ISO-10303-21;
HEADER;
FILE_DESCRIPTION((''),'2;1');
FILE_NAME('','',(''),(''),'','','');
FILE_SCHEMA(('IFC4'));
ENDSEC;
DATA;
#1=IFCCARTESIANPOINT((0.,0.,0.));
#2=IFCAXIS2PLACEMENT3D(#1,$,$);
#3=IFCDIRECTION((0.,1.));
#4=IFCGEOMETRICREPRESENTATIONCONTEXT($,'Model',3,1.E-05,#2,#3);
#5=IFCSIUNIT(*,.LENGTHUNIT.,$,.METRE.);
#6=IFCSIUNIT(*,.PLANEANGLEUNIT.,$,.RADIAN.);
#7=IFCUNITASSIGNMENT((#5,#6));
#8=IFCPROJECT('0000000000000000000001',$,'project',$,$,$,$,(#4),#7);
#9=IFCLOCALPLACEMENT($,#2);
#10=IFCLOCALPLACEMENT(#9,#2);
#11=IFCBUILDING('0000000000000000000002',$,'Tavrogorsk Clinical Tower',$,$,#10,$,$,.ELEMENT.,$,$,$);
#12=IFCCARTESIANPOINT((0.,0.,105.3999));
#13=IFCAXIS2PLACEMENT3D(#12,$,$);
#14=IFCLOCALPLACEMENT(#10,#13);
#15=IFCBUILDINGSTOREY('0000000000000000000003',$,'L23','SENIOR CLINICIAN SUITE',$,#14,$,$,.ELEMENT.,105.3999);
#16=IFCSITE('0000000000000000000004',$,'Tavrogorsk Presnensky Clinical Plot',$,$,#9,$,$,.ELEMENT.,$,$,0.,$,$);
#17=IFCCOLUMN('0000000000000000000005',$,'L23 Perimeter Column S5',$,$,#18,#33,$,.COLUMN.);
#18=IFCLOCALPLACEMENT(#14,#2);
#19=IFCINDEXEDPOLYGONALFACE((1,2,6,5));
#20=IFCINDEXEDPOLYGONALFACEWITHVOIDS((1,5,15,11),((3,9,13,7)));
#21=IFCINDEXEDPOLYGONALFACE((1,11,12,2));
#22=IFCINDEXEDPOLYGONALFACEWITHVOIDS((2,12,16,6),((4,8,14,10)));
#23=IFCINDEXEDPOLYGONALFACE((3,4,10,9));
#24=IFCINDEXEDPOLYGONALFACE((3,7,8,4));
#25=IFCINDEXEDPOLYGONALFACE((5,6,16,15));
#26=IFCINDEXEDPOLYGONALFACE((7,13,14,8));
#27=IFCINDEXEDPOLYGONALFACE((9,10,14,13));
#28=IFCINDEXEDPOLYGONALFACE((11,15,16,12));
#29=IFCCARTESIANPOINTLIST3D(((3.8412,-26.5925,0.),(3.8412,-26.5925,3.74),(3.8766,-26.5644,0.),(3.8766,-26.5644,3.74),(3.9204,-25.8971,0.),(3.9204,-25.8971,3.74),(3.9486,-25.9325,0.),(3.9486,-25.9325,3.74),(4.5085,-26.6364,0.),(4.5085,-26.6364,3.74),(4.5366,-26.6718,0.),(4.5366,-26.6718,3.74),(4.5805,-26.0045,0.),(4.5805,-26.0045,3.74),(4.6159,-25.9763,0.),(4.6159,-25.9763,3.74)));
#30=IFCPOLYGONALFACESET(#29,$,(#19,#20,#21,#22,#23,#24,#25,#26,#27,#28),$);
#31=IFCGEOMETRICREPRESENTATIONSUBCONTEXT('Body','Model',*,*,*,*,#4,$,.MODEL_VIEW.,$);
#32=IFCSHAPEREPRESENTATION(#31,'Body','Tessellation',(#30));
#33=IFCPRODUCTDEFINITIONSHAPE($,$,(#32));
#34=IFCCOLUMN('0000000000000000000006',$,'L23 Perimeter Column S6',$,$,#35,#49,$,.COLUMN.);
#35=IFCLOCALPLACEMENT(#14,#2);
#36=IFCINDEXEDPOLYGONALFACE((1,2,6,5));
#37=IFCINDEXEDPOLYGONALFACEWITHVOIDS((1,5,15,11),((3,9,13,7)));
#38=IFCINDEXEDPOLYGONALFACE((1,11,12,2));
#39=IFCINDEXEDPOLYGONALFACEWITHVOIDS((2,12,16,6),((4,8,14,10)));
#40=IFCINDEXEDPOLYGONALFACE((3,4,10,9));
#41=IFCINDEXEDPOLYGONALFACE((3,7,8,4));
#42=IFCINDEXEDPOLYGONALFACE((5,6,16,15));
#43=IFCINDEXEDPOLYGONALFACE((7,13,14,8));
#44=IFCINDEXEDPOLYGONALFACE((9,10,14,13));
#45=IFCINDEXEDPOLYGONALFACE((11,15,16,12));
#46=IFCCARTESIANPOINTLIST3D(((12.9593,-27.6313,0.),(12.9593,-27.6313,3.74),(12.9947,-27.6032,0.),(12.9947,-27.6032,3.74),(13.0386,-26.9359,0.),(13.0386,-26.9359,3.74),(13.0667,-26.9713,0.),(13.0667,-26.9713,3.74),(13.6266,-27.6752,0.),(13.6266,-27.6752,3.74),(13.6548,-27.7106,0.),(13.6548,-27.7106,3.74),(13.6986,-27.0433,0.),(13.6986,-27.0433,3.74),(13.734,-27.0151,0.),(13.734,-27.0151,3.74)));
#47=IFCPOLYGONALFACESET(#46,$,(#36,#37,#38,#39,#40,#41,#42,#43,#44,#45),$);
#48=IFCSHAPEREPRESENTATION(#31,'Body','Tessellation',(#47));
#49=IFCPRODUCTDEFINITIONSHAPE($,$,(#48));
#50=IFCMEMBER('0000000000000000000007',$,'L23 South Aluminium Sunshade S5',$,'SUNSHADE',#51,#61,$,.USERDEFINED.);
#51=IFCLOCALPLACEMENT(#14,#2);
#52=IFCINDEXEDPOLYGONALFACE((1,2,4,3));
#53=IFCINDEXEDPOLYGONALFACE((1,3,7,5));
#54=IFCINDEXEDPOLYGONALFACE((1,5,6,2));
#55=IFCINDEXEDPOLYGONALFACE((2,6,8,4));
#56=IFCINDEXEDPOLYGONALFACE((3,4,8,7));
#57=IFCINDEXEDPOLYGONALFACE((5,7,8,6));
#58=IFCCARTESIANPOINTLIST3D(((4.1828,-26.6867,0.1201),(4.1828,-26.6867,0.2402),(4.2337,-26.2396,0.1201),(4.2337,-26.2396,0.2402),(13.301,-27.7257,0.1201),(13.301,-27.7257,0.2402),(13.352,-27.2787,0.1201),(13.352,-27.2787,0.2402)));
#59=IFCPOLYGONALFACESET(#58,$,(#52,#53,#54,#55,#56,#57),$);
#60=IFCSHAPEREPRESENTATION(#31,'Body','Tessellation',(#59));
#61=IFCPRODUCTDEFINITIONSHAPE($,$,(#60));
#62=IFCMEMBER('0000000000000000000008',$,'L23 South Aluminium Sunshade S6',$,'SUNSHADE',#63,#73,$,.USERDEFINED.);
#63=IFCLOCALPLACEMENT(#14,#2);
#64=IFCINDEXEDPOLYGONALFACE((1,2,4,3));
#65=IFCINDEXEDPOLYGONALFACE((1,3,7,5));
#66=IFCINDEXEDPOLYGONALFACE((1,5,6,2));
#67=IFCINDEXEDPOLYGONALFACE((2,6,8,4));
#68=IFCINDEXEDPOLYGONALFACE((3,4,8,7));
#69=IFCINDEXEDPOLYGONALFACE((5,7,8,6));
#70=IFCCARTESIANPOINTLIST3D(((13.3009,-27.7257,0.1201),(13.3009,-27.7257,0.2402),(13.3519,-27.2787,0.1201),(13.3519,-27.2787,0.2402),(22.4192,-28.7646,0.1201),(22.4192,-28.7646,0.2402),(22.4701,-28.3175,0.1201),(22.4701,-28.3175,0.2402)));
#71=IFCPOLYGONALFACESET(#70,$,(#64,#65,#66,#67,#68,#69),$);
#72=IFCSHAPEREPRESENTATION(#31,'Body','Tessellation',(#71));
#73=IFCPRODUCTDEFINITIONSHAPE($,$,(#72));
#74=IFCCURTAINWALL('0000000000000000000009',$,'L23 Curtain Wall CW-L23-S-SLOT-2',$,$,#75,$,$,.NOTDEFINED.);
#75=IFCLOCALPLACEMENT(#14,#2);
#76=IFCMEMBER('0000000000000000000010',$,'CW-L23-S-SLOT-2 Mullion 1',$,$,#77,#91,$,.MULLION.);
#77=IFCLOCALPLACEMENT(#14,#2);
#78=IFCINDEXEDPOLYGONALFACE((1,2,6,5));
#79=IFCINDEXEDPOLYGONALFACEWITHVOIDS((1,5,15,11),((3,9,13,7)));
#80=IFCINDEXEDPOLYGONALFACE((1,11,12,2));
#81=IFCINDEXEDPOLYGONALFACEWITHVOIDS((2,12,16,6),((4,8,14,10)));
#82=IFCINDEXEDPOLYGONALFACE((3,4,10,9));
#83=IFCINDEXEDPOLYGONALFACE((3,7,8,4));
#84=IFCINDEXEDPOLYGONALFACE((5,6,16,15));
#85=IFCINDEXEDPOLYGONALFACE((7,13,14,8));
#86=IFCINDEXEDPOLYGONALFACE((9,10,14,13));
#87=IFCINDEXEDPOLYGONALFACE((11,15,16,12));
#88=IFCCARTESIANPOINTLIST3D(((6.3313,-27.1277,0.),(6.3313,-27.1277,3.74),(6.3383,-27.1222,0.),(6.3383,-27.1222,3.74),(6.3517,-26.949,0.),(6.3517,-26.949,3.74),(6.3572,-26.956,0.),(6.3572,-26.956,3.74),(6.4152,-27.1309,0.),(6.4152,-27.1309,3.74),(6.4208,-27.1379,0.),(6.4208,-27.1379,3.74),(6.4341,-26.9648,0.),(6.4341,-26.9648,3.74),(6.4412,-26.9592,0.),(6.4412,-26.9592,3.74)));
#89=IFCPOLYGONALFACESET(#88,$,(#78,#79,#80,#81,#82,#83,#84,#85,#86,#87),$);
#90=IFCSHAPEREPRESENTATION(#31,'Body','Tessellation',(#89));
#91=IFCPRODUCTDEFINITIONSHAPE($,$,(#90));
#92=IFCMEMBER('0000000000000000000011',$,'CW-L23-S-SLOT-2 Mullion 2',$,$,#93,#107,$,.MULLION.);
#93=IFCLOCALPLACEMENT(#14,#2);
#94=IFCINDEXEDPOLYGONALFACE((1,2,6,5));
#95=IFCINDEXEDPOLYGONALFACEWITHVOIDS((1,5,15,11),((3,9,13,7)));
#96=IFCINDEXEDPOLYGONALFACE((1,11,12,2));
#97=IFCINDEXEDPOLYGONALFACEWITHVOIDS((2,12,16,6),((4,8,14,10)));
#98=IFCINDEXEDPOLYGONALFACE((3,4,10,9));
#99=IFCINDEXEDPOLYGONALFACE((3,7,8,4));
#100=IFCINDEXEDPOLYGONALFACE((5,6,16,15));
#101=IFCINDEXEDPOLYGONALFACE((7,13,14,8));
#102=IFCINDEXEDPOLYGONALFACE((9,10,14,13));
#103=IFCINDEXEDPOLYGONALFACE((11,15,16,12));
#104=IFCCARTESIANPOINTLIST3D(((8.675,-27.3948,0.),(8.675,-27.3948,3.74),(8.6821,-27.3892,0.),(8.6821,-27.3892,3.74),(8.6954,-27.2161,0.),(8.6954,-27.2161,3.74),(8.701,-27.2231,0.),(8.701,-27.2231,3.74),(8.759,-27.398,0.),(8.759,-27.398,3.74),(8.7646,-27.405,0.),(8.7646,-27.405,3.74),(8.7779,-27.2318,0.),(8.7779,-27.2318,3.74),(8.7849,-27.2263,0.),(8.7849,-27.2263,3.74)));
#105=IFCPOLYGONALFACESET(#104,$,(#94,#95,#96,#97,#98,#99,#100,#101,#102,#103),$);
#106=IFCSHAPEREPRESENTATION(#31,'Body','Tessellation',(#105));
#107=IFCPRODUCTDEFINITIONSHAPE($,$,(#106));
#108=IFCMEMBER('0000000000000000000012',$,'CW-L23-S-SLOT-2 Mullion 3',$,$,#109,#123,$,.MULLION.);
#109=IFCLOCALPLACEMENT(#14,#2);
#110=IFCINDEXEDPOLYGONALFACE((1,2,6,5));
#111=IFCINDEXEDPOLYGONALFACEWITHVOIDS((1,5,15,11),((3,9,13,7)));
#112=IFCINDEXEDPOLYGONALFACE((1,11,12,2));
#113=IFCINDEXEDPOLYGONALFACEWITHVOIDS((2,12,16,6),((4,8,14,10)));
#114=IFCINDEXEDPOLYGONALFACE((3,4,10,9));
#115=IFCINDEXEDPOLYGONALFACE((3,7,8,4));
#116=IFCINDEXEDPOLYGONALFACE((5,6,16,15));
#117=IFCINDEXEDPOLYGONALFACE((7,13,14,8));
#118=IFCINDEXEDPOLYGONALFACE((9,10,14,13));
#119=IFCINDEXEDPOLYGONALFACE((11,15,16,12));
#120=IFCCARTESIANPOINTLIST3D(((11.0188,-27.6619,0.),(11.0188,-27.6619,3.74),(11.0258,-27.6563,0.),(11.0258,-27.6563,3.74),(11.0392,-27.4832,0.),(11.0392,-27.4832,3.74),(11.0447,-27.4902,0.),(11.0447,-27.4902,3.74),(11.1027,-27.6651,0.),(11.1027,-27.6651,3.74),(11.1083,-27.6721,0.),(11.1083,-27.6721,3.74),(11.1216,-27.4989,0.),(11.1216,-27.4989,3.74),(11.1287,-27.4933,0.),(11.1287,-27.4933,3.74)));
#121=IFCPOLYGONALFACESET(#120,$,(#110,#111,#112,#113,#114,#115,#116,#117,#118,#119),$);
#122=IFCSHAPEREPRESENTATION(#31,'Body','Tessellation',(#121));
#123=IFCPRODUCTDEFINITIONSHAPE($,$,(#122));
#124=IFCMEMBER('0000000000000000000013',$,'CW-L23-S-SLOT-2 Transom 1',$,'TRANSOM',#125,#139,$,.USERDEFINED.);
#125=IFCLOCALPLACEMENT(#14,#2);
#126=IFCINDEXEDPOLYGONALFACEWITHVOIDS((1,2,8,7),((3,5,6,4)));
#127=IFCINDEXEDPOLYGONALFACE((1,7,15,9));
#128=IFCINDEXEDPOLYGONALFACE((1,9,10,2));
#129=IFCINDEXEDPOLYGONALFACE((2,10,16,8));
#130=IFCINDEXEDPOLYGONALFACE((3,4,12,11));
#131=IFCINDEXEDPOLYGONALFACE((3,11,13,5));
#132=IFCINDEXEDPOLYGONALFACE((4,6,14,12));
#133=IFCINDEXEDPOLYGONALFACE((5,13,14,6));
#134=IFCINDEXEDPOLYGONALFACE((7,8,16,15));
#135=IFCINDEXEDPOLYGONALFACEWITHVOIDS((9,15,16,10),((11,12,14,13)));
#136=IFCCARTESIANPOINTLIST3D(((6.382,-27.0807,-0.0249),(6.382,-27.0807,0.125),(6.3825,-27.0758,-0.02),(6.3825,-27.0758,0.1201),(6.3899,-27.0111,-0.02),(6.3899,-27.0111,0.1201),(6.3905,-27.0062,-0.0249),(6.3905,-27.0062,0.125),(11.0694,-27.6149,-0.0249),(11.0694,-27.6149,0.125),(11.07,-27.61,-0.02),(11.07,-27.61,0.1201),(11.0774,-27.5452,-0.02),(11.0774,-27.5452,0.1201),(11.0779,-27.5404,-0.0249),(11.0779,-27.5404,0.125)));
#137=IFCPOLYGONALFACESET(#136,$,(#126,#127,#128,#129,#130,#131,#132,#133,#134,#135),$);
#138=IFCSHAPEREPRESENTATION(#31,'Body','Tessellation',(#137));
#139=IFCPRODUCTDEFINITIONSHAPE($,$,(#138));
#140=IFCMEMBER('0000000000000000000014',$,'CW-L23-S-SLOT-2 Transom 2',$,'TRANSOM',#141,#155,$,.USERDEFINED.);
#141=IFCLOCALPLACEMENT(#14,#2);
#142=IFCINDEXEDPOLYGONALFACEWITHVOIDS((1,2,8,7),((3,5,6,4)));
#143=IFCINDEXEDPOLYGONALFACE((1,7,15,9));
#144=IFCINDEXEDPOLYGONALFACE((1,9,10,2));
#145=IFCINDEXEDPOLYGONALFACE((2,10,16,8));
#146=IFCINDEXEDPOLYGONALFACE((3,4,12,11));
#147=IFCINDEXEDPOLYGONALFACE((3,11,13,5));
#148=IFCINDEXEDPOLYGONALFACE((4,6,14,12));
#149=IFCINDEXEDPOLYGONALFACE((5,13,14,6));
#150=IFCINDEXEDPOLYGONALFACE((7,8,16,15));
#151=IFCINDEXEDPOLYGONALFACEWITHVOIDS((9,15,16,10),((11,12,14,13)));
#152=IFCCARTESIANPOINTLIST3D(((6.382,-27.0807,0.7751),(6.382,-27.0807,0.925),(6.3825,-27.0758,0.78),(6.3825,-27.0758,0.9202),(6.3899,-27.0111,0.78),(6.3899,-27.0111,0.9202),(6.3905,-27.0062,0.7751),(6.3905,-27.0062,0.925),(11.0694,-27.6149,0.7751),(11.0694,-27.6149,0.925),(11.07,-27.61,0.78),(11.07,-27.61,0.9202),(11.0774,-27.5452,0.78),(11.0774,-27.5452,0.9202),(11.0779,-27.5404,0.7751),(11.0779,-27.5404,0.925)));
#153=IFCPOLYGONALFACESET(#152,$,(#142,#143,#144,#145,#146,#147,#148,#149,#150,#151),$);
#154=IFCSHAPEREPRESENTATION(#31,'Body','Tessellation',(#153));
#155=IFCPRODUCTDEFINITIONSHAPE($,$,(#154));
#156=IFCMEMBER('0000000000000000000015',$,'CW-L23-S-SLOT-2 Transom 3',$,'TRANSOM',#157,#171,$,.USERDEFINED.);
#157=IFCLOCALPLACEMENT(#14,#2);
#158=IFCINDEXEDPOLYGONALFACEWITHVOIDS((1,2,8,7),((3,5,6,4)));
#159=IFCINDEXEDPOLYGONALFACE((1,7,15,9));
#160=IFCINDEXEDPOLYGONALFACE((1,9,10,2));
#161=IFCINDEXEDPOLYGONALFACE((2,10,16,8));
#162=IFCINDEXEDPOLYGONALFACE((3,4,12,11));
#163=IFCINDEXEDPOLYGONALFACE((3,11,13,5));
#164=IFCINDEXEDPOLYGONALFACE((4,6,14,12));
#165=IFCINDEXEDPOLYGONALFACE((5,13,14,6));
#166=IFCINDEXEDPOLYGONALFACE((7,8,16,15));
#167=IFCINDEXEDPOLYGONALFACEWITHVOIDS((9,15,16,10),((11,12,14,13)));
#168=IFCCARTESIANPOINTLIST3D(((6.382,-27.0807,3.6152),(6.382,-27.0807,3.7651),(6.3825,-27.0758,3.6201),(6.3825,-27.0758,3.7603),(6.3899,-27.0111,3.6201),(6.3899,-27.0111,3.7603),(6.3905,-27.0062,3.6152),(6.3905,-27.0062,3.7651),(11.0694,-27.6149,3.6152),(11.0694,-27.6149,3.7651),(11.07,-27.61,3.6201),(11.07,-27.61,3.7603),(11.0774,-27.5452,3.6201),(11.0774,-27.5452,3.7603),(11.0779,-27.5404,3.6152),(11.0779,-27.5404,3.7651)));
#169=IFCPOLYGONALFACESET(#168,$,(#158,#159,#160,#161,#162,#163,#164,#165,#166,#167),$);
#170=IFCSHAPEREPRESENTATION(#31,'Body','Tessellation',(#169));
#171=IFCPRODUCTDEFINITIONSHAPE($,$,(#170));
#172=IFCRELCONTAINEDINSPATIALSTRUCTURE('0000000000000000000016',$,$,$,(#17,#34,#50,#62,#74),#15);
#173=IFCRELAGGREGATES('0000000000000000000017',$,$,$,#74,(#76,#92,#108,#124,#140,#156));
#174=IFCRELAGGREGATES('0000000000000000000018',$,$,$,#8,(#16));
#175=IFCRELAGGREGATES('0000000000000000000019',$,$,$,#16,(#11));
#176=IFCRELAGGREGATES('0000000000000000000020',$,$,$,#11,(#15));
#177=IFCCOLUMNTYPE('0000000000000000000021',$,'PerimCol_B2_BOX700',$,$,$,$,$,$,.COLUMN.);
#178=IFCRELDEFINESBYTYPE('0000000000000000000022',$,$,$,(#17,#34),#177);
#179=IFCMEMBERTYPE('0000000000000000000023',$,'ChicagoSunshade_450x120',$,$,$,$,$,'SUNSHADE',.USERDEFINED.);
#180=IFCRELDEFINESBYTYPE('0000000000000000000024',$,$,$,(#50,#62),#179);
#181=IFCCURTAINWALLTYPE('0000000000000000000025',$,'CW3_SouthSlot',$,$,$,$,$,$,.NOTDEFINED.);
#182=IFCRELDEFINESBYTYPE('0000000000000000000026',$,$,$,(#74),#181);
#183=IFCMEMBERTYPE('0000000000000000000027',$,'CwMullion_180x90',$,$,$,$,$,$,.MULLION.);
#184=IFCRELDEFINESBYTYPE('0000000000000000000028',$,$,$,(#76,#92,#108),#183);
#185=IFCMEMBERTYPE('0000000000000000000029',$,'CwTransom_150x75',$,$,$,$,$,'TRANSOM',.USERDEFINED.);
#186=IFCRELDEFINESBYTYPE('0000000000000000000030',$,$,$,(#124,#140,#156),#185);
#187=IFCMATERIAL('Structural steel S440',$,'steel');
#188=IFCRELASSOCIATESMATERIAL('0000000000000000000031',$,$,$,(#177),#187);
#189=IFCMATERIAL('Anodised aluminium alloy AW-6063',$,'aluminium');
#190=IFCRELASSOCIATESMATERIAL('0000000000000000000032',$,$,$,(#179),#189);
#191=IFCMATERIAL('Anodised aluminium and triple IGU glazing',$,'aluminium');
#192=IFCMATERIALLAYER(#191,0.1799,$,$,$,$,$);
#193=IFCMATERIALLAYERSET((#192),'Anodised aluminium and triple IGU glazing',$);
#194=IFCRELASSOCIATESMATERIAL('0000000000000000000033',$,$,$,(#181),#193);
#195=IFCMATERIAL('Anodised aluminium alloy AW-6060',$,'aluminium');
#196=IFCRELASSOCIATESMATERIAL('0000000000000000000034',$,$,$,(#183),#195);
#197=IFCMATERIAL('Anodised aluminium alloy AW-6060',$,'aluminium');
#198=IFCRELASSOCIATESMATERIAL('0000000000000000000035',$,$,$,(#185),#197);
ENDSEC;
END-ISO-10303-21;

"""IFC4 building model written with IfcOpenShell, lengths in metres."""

from ifc_helpers import new_model, si_unit, direction, frame, origin, origin_2d, place, context, subcontext, project, spatial, rectangle, hollow_rectangle, extrude, material, layer, layer_set, material_profile, profile_set, type_object, element, aggregate, save


model = new_model("IFC4")

# Units and contexts
model_context = context("Model", 3, precision=1e-05, world=origin(), true_north=direction((0.0, 1.0)))
body_context = subcontext(model_context, "Body", "Model", "MODEL_VIEW")
ifc_project = project(units=[si_unit("LENGTHUNIT", "METRE"), si_unit("PLANEANGLEUNIT", "RADIAN")], contexts=[model_context])

# Site, building, storey
site_placement = place(None, origin())
site = spatial("IfcSite", under=ifc_project, at=site_placement, Name="Tavrogorsk Presnensky Clinical Plot", CompositionType="ELEMENT", RefElevation=0.0)
building_placement = place(site_placement, origin())
building = spatial("IfcBuilding", under=site, at=building_placement, Name="Tavrogorsk Clinical Tower", CompositionType="ELEMENT")
storey_placement = place(building_placement, frame((0.0, 0.0, 105.3999)))
storey = spatial("IfcBuildingStorey", under=building, at=storey_placement, Name="L23", Description="SENIOR CLINICIAN SUITE", CompositionType="ELEMENT", Elevation=105.3999)

# Columns
ifc_material_1 = material(Name="Structural steel S440", Category="steel")
ifc_material_profile_1 = material_profile(ifc_material_1, hollow_rectangle(XDim=0.7, YDim=0.7, WallThickness=0.032, at=origin_2d()), Name="BOX-700x700x32")
ifc_profile_set_1 = profile_set([ifc_material_profile_1], Name="Structural steel S440")
column_type = type_object("IfcColumnType", Name="PerimCol_B2_BOX700", PredefinedType="COLUMN", material=ifc_profile_set_1)
for number, where, z_axis, x_axis, name in (
    (1, (4.2285, -26.2844, 0.0), (0.0, 0.0, 1.0), (0.993572, -0.113203, 0.0), "L23 Perimeter Column S5"),
    (2, (13.3467, -27.3232, 0.0), (0.0, 0.0, 1.0), (0.993572, -0.113203, 0.0), "L23 Perimeter Column S6"),
):
    element("IfcColumn", number, at=place(storey_placement, frame(where, z_axis=z_axis, x_axis=x_axis)), inside=storey, type_object=column_type, Name=name, PredefinedType="COLUMN", context=body_context, shape_type="SweptSolid", body=[
        extrude(hollow_rectangle(XDim=0.7, YDim=0.7, WallThickness=0.032, at=origin_2d()), origin(), (0.0, 0.0, 1.0), 3.74),
    ])

# Members
ifc_material_2 = material(Name="Anodised aluminium alloy AW-6063", Category="aluminium")
ifc_material_profile_2 = material_profile(ifc_material_2, rectangle(XDim=0.45, YDim=0.1201, at=origin_2d()), Name="ALU-SUNSHADE-450x120")
ifc_profile_set_2 = profile_set([ifc_material_profile_2], Name="Anodised aluminium alloy AW-6063")
member_type_1 = type_object("IfcMemberType", Name="ChicagoSunshade_450x120", ElementType="SUNSHADE", PredefinedType="USERDEFINED", material=ifc_profile_set_2)
for number, where, z_axis, x_axis, name in (
    (3, (4.2083, -26.4631, 0.1802), (0.99357, -0.113222, 0.0), (0.113222, 0.99357, 0.0), "L23 South Aluminium Sunshade S5"),
    (4, (13.3264, -27.5022, 0.1802), (0.993573, -0.113196, 0.0), (0.113196, 0.993573, 0.0), "L23 South Aluminium Sunshade S6"),
):
    element("IfcMember", number, at=place(storey_placement, frame(where, z_axis=z_axis, x_axis=x_axis)), inside=storey, type_object=member_type_1, Name=name, ObjectType="SUNSHADE", PredefinedType="USERDEFINED", context=body_context, shape_type="SweptSolid", body=[
        extrude(rectangle(XDim=0.45, YDim=0.1201, at=origin_2d()), origin(), (0.0, 0.0, 1.0), 9.1772),
    ])

# Curtain wall, members
ifc_material_3 = material(Name="Anodised aluminium and triple IGU glazing", Category="aluminium")
ifc_layer_1 = layer(ifc_material_3, 0.1799)
ifc_layer_set_1 = layer_set([ifc_layer_1], Name="Anodised aluminium and triple IGU glazing")
curtain_wall_type = type_object("IfcCurtainWallType", Name="CW3_SouthSlot", PredefinedType="NOTDEFINED", material=ifc_layer_set_1)
curtain_wall_placement = place(storey_placement, origin())
curtain_wall = element("IfcCurtainWall", 5, at=curtain_wall_placement, inside=storey, type_object=curtain_wall_type, Name="L23 Curtain Wall CW-L23-S-SLOT-2", PredefinedType="NOTDEFINED")
ifc_material_4 = material(Name="Anodised aluminium alloy AW-6060", Category="aluminium")
ifc_material_profile_3 = material_profile(ifc_material_4, hollow_rectangle(XDim=0.0901, YDim=0.1799, WallThickness=0.0063, at=origin_2d()), Name="RHS-180x90x6.3")
ifc_profile_set_3 = profile_set([ifc_material_profile_3], Name="Anodised aluminium alloy AW-6060")
member_type_2 = type_object("IfcMemberType", Name="CwMullion_180x90", PredefinedType="MULLION", material=ifc_profile_set_3)
member_1_placement = place(storey_placement, frame((6.3862, -27.0435, 0.0), z_axis=(0.0, 0.0, 1.0), x_axis=(0.993572, -0.113203, 0.0)))
member_1 = element("IfcMember", 6, at=member_1_placement, type_object=member_type_2, Name="CW-L23-S-SLOT-2 Mullion 1", PredefinedType="MULLION", context=body_context, shape_type="SweptSolid", body=[
    extrude(hollow_rectangle(XDim=0.0901, YDim=0.1799, WallThickness=0.0063, at=origin_2d()), origin(), (0.0, 0.0, 1.0), 3.74),
])
member_2_placement = place(storey_placement, frame((8.73, -27.3105, 0.0), z_axis=(0.0, 0.0, 1.0), x_axis=(0.993572, -0.113203, 0.0)))
member_2 = element("IfcMember", 7, at=member_2_placement, type_object=member_type_2, Name="CW-L23-S-SLOT-2 Mullion 2", PredefinedType="MULLION", context=body_context, shape_type="SweptSolid", body=[
    extrude(hollow_rectangle(XDim=0.0901, YDim=0.1799, WallThickness=0.0063, at=origin_2d()), origin(), (0.0, 0.0, 1.0), 3.74),
])
member_3_placement = place(storey_placement, frame((11.0737, -27.5776, 0.0), z_axis=(0.0, 0.0, 1.0), x_axis=(0.993572, -0.113203, 0.0)))
member_3 = element("IfcMember", 8, at=member_3_placement, type_object=member_type_2, Name="CW-L23-S-SLOT-2 Mullion 3", PredefinedType="MULLION", context=body_context, shape_type="SweptSolid", body=[
    extrude(hollow_rectangle(XDim=0.0901, YDim=0.1799, WallThickness=0.0063, at=origin_2d()), origin(), (0.0, 0.0, 1.0), 3.74),
])
ifc_material_5 = material(Name="Anodised aluminium alloy AW-6060", Category="aluminium")
ifc_material_profile_4 = material_profile(ifc_material_5, hollow_rectangle(XDim=0.075, YDim=0.1499, WallThickness=0.0049, at=origin_2d()), Name="RHS-150x75x5")
ifc_profile_set_4 = profile_set([ifc_material_profile_4], Name="Anodised aluminium alloy AW-6060")
member_type_3 = type_object("IfcMemberType", Name="CwTransom_150x75", ElementType="TRANSOM", PredefinedType="USERDEFINED", material=ifc_profile_set_4)
member_4_placement = place(storey_placement, frame((6.3862, -27.0435, 0.05), z_axis=(0.993569, -0.113226, 0.0), x_axis=(0.113226, 0.993569, 0.0)))
member_4 = element("IfcMember", 9, at=member_4_placement, type_object=member_type_3, Name="CW-L23-S-SLOT-2 Transom 1", ObjectType="TRANSOM", PredefinedType="USERDEFINED", context=body_context, shape_type="SweptSolid", body=[
    extrude(hollow_rectangle(XDim=0.075, YDim=0.1499, WallThickness=0.0049, at=origin_2d()), origin(), (0.0, 0.0, 1.0), 4.7178),
])
member_5_placement = place(storey_placement, frame((6.3862, -27.0435, 0.8501), z_axis=(0.993569, -0.113226, 0.0), x_axis=(0.113226, 0.993569, 0.0)))
member_5 = element("IfcMember", 10, at=member_5_placement, type_object=member_type_3, Name="CW-L23-S-SLOT-2 Transom 2", ObjectType="TRANSOM", PredefinedType="USERDEFINED", context=body_context, shape_type="SweptSolid", body=[
    extrude(hollow_rectangle(XDim=0.075, YDim=0.1499, WallThickness=0.0049, at=origin_2d()), origin(), (0.0, 0.0, 1.0), 4.7178),
])
member_6_placement = place(storey_placement, frame((6.3862, -27.0435, 3.6902), z_axis=(0.993569, -0.113226, 0.0), x_axis=(0.113226, 0.993569, 0.0)))
member_6 = element("IfcMember", 11, at=member_6_placement, type_object=member_type_3, Name="CW-L23-S-SLOT-2 Transom 3", ObjectType="TRANSOM", PredefinedType="USERDEFINED", context=body_context, shape_type="SweptSolid", body=[
    extrude(hollow_rectangle(XDim=0.075, YDim=0.1499, WallThickness=0.0049, at=origin_2d()), origin(), (0.0, 0.0, 1.0), 4.7178),
])

aggregate(curtain_wall, [member_1, member_2, member_3, member_4, member_5, member_6])

save(model, "model.ifc")
